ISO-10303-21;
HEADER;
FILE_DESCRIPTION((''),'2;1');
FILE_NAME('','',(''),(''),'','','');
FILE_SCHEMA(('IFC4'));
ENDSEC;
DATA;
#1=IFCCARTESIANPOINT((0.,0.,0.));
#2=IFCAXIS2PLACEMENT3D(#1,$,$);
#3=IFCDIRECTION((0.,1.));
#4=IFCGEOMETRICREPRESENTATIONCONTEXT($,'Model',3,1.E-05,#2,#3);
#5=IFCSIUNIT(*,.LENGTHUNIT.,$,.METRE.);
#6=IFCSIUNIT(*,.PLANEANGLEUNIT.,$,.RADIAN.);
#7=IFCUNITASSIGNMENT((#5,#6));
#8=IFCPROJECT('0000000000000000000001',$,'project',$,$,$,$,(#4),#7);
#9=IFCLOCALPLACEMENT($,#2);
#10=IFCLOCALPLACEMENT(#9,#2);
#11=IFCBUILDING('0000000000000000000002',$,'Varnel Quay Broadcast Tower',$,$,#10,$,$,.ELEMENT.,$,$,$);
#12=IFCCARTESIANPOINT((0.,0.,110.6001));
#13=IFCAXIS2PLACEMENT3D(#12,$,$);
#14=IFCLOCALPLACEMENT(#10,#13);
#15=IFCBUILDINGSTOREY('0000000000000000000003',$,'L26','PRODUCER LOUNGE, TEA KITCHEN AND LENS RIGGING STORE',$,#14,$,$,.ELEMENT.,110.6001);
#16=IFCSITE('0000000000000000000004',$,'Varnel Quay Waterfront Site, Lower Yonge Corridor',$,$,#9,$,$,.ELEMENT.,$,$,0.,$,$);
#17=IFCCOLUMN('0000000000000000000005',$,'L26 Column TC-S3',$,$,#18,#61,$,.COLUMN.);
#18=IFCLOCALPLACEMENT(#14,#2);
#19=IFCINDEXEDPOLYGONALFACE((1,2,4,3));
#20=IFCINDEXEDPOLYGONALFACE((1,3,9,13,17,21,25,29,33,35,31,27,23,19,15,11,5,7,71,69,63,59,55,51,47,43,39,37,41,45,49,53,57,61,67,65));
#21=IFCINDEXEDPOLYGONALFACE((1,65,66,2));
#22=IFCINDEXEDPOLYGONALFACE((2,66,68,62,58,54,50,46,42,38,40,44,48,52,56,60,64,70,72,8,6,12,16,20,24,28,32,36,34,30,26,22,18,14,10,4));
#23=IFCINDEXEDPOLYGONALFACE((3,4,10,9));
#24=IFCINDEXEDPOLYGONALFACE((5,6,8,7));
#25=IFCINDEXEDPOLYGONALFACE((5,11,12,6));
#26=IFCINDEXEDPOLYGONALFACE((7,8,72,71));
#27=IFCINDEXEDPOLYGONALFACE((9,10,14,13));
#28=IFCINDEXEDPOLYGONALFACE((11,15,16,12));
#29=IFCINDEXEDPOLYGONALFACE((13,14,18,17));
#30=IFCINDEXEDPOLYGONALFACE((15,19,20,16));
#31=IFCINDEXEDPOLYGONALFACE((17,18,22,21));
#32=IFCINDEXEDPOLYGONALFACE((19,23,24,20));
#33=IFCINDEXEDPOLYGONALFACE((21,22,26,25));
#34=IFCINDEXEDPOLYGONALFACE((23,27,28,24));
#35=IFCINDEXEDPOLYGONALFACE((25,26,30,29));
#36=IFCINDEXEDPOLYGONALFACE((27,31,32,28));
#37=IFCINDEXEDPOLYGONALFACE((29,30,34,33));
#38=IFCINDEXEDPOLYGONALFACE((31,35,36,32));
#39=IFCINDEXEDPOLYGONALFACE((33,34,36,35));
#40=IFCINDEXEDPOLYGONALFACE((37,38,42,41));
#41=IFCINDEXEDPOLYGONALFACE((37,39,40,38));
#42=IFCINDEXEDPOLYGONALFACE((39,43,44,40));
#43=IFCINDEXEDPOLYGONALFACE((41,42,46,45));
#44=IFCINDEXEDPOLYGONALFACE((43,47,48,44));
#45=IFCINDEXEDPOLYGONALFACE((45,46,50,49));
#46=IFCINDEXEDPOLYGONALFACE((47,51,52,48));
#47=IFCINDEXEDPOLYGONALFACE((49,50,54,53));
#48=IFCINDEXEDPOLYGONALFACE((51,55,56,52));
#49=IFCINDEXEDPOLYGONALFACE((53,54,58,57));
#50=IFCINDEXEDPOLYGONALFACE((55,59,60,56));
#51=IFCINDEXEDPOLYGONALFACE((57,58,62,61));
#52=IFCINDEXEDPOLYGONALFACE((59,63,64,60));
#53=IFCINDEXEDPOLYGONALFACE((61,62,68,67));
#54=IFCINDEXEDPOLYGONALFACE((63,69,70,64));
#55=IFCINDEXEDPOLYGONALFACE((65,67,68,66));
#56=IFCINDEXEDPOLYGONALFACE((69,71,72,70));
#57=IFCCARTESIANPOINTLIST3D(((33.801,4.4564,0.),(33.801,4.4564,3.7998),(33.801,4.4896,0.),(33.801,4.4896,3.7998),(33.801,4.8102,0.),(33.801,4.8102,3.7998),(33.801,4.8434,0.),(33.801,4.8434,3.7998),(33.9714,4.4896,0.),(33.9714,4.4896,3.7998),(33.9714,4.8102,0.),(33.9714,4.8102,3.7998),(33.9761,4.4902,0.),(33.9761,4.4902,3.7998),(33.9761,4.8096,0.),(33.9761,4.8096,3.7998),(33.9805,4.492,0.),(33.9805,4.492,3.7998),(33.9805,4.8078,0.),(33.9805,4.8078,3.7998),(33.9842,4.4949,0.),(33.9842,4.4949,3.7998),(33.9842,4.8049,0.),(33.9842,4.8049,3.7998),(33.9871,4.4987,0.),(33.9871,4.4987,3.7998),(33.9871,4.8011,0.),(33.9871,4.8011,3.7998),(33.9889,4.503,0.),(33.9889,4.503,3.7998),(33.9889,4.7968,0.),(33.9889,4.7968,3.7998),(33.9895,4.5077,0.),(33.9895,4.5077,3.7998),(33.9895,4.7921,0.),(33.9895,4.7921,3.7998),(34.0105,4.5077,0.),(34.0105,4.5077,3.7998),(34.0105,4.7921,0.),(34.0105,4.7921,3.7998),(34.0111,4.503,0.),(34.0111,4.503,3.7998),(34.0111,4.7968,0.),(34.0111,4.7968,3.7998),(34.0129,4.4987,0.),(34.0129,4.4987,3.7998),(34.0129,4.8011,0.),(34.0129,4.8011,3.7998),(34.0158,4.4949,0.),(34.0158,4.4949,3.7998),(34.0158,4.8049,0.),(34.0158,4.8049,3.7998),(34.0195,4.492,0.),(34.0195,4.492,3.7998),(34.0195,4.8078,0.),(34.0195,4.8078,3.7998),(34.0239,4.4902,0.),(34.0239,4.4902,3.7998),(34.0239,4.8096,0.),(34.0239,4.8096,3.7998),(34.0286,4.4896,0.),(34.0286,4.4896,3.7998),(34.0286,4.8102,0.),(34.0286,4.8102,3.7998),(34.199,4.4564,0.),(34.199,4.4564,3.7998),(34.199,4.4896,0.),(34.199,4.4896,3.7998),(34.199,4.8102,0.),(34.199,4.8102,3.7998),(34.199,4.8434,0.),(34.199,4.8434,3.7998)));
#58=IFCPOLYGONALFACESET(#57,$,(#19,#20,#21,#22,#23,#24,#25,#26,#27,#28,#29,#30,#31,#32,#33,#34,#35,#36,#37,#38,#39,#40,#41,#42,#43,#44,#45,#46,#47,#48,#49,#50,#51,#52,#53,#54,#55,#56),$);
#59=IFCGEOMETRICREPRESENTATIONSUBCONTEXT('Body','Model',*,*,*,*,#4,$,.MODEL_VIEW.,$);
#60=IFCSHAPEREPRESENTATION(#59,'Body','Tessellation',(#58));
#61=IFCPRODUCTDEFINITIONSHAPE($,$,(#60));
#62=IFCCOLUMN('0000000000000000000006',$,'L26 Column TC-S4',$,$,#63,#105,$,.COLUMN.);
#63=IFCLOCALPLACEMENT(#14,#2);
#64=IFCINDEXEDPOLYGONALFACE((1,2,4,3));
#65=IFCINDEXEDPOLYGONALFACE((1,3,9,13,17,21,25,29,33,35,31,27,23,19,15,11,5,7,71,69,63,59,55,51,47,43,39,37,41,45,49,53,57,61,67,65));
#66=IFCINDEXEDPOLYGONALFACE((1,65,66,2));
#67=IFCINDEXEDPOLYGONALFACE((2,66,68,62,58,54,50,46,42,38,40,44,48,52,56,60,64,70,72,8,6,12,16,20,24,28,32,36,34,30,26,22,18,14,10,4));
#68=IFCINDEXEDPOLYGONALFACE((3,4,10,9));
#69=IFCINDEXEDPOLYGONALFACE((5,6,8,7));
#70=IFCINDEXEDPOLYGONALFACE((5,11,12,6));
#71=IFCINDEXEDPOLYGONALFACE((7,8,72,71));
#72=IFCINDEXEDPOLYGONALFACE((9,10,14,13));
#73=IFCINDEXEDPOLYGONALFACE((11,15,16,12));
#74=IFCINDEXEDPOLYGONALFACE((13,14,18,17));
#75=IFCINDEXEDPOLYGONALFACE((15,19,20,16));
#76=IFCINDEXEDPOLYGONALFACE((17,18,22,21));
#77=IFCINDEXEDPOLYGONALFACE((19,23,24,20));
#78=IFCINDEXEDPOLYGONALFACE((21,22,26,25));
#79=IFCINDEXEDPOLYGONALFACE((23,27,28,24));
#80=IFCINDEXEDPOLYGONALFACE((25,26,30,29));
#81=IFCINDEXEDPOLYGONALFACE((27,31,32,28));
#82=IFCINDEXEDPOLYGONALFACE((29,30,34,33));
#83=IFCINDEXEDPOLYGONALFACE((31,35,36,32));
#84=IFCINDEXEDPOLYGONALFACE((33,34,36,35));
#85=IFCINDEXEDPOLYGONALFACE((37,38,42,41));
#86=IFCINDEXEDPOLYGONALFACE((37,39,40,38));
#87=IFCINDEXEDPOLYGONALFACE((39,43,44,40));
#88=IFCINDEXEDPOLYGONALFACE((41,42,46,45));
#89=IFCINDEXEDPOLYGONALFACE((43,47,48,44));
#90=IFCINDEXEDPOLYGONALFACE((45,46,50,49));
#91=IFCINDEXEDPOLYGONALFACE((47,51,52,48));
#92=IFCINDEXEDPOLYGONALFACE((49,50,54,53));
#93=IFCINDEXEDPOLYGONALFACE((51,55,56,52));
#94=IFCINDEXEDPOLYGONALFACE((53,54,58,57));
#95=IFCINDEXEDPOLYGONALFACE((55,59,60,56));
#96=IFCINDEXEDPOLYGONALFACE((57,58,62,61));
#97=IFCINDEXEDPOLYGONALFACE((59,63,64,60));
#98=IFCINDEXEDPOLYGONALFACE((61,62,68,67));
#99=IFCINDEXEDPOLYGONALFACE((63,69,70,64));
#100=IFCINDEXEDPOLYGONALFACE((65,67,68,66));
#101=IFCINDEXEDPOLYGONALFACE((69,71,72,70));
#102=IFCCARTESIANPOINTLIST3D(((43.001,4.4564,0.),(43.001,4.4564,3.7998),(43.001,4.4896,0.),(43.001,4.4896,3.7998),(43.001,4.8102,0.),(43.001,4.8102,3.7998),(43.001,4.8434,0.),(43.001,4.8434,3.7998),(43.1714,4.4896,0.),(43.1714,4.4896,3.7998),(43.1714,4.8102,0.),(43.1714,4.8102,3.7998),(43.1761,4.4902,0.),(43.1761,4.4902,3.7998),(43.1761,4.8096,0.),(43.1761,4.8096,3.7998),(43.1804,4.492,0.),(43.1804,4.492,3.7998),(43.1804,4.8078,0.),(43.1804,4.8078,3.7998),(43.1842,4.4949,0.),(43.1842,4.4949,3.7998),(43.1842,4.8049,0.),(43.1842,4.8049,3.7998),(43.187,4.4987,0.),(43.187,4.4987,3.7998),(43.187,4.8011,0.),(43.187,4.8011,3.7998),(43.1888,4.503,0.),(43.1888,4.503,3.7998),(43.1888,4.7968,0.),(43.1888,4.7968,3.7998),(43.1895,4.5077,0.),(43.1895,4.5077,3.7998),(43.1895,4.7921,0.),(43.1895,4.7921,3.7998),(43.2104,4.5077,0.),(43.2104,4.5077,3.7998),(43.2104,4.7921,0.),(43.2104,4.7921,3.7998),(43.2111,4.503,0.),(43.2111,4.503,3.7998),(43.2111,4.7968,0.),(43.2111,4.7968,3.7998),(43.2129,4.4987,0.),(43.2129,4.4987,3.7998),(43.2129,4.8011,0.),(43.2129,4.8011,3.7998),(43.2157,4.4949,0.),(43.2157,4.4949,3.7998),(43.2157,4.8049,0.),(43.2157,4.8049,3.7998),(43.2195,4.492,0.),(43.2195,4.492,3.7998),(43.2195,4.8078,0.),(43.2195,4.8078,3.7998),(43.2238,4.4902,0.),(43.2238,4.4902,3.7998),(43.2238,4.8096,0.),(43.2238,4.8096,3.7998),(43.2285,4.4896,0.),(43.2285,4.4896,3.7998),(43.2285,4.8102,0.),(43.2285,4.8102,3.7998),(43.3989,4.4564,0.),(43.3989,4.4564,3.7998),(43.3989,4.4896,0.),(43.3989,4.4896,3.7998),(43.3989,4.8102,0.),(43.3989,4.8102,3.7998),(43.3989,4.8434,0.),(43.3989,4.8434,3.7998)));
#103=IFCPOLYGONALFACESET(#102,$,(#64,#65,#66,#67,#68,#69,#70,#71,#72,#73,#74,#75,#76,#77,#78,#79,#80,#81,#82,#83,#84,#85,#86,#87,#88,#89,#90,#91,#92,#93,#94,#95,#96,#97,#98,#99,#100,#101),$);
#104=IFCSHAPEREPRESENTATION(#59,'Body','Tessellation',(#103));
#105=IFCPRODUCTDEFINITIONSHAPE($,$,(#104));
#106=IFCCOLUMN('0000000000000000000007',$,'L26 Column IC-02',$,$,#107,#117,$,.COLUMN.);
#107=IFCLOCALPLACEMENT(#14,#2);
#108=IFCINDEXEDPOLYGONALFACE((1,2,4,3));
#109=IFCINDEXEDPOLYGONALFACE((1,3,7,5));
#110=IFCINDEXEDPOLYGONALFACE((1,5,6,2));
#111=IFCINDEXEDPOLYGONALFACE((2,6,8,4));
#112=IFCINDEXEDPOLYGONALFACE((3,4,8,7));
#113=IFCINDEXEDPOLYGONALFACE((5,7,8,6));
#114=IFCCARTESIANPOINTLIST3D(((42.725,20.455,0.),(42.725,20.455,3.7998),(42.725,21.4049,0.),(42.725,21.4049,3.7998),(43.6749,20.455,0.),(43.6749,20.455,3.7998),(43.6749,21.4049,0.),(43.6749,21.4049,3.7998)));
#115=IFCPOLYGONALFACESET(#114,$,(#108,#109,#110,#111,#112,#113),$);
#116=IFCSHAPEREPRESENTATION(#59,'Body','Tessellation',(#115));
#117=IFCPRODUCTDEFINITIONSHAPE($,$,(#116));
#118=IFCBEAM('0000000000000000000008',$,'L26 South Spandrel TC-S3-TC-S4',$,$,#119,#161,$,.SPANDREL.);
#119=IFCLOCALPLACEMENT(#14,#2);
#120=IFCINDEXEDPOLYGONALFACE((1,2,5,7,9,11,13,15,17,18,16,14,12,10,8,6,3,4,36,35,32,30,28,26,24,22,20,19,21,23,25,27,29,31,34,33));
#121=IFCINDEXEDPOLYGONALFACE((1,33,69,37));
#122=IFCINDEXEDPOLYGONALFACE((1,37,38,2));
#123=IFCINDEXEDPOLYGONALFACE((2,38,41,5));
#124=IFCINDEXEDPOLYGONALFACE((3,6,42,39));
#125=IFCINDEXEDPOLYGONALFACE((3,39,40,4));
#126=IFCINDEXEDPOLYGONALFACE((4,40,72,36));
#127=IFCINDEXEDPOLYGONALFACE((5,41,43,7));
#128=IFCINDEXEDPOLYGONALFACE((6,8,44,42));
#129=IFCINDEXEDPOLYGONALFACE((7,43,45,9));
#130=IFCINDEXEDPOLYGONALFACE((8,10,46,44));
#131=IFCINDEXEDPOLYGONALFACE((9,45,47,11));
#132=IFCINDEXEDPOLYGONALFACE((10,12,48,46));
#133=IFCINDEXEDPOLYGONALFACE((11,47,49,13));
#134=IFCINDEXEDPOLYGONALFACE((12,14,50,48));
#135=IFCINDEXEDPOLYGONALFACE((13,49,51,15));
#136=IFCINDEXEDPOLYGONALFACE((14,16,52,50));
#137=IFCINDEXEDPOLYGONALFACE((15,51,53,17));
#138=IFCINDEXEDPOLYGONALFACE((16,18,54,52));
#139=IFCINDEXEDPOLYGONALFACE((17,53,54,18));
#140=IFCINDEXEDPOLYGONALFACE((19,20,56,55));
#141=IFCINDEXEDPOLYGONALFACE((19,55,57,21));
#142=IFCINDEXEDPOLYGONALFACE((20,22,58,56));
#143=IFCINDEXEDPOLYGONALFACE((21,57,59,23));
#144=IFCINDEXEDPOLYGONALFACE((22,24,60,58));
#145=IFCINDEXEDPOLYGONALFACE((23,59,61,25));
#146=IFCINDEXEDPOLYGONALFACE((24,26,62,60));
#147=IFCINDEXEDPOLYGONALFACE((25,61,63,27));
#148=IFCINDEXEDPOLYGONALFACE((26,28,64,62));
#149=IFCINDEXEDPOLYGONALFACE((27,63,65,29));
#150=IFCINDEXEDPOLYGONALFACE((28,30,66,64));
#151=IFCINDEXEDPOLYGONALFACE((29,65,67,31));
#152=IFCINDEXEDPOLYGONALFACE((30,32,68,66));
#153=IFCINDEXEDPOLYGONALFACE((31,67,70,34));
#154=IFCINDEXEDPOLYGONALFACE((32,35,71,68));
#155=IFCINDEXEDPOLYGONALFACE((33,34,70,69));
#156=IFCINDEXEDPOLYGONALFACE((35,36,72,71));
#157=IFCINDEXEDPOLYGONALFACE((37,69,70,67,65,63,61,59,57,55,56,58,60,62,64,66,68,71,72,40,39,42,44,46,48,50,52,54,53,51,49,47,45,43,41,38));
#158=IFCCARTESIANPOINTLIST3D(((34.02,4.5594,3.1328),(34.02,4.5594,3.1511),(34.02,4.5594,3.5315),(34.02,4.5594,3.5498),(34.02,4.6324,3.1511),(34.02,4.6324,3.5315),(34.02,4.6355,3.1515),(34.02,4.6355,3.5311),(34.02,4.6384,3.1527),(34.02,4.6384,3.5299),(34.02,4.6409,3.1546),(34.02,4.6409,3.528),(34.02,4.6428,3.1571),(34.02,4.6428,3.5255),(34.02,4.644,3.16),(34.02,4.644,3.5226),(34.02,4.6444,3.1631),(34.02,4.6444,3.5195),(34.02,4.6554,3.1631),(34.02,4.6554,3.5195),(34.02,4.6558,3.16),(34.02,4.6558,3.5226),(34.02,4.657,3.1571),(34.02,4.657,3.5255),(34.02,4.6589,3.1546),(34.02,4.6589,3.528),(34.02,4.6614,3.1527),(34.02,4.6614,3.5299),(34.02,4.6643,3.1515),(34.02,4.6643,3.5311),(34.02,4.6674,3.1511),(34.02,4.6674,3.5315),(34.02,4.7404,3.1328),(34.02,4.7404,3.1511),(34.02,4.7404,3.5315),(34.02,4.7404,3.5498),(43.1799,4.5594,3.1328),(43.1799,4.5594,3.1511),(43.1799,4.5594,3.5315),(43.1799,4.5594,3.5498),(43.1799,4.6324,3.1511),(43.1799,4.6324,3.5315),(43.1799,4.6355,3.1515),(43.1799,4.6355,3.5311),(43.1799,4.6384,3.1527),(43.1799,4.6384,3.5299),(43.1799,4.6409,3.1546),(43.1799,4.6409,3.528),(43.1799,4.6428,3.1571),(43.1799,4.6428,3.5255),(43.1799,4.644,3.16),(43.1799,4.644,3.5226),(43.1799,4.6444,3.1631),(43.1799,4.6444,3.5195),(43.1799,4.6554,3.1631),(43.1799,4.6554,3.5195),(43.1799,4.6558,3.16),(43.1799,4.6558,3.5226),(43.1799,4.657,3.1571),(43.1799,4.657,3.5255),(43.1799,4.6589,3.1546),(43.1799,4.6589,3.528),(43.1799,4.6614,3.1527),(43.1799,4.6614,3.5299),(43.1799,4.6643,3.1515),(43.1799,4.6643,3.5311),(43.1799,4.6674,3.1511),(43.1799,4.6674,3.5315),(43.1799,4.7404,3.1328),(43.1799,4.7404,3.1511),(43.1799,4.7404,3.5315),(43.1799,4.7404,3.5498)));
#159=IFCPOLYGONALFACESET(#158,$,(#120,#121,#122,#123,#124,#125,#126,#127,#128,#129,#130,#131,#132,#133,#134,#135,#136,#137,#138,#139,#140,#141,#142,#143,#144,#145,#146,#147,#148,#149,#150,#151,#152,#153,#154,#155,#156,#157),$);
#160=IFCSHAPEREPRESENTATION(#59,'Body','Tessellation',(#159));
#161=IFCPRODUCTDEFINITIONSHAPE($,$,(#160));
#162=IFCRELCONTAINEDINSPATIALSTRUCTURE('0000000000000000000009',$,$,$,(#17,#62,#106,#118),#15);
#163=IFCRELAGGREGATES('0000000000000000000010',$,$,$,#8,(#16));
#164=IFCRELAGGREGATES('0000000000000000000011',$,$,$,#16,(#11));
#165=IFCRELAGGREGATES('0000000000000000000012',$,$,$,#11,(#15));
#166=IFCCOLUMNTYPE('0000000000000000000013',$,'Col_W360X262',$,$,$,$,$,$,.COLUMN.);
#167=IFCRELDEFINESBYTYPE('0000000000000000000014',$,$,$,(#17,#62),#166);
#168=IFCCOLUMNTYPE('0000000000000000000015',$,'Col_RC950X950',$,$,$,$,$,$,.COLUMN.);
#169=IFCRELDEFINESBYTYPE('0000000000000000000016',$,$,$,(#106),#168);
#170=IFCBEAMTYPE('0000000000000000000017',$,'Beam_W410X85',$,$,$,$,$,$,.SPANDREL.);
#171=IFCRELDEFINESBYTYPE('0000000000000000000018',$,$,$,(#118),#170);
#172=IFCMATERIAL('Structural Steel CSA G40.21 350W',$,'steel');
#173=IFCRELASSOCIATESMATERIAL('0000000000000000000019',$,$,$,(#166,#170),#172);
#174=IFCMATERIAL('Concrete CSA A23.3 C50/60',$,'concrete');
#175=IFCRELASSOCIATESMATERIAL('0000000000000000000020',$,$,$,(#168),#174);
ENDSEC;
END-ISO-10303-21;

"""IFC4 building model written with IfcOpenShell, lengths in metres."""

from ifc_helpers import new_model, si_unit, direction, frame, origin, origin_2d, place, context, subcontext, project, spatial, rectangle, i_section, extrude, source, transform, mapped, material, material_profile, profile_set, type_object, type_shapes, element, save


model = new_model("IFC4")

# Units and contexts
model_context = context("Model", 3, precision=1e-05, world=origin(), true_north=direction((0.0, 1.0)))
body_context = subcontext(model_context, "Body", "Model", "MODEL_VIEW")
ifc_project = project(units=[si_unit("LENGTHUNIT", "METRE"), si_unit("PLANEANGLEUNIT", "RADIAN")], contexts=[model_context])

# Site, building, storey
site_placement = place(None, origin())
site = spatial("IfcSite", under=ifc_project, at=site_placement, Name="Varnel Quay Waterfront Site, Lower Yonge Corridor", CompositionType="ELEMENT", RefElevation=0.0)
building_placement = place(site_placement, origin())
building = spatial("IfcBuilding", under=site, at=building_placement, Name="Varnel Quay Broadcast Tower", CompositionType="ELEMENT")
storey_placement = place(building_placement, frame((0.0, 0.0, 110.6001)))
storey = spatial("IfcBuildingStorey", under=building, at=storey_placement, Name="L26", Description="PRODUCER LOUNGE, TEA KITCHEN AND LENS RIGGING STORE", CompositionType="ELEMENT", Elevation=110.6001)

# Columns
ifc_material_1 = material(Name="Structural Steel CSA G40.21 350W", Category="steel")
ifc_material_profile_1 = material_profile(ifc_material_1, i_section(OverallWidth=0.3979, OverallDepth=0.387, WebThickness=0.021, FlangeThickness=0.0332, FilletRadius=0.0181, at=origin_2d()), Name="W360X262")
ifc_profile_set_1 = profile_set([ifc_material_profile_1], Name="Structural Steel CSA G40.21 350W")
column_type_1 = type_object("IfcColumnType", Name="Col_W360X262", PredefinedType="COLUMN", material=ifc_profile_set_1)
shared_shape_1 = source(origin(), body_context, "Body", "SweptSolid", [
    extrude(i_section(OverallWidth=0.3979, OverallDepth=0.387, WebThickness=0.021, FlangeThickness=0.0332, FilletRadius=0.0181, at=origin_2d()), origin(), (0.0, 0.0, 1.0), 3.7998),
])
type_shapes(column_type_1, [shared_shape_1])
for number, where, z_axis, x_axis, name in (
    (1, (34.0, 4.6499, 0.0), (0.0, 0.0, 1.0), (1.0, 0.0, 0.0), "L26 Column TC-S3"),
    (2, (43.2, 4.6499, 0.0), (0.0, 0.0, 1.0), (1.0, 0.0, 0.0), "L26 Column TC-S4"),
):
    element("IfcColumn", number, at=place(storey_placement, frame(where, z_axis=z_axis, x_axis=x_axis)), inside=storey, type_object=column_type_1, Name=name, PredefinedType="COLUMN", context=body_context, shape_type="MappedRepresentation", body=[
        mapped(shared_shape_1, transform((0.0, 0.0, 0.0), x_axis=(1.0, 0.0, 0.0), y_axis=(0.0, 1.0, 0.0), z_axis=(0.0, 0.0, 1.0), scale=1.0)),
    ])
ifc_material_2 = material(Name="Concrete CSA A23.3 C50/60", Category="concrete")
ifc_material_profile_2 = material_profile(ifc_material_2, rectangle(XDim=0.95, YDim=0.95, at=origin_2d()), Name="RC950X950")
ifc_profile_set_2 = profile_set([ifc_material_profile_2], Name="Concrete CSA A23.3 C50/60")
column_type_2 = type_object("IfcColumnType", Name="Col_RC950X950", PredefinedType="COLUMN", material=ifc_profile_set_2)
shared_shape_2 = source(origin(), body_context, "Body", "SweptSolid", [
    extrude(rectangle(XDim=0.95, YDim=0.95, at=origin_2d()), origin(), (0.0, 0.0, 1.0), 3.7998),
])
type_shapes(column_type_2, [shared_shape_2])
column_placement = place(storey_placement, frame((43.2, 20.9299, 0.0), z_axis=(0.0, 0.0, 1.0), x_axis=(1.0, 0.0, 0.0)))
element("IfcColumn", 3, at=column_placement, inside=storey, type_object=column_type_2, Name="L26 Column IC-02", PredefinedType="COLUMN", context=body_context, shape_type="MappedRepresentation", body=[
    mapped(shared_shape_2, transform((0.0, 0.0, 0.0), x_axis=(1.0, 0.0, 0.0), y_axis=(0.0, 1.0, 0.0), z_axis=(0.0, 0.0, 1.0), scale=1.0)),
])

# Beam
ifc_material_profile_3 = material_profile(ifc_material_1, i_section(OverallWidth=0.1809, OverallDepth=0.417, WebThickness=0.011, FlangeThickness=0.0183, FilletRadius=0.012, at=origin_2d()), Name="W410X85")
ifc_profile_set_3 = profile_set([ifc_material_profile_3], Name="Structural Steel CSA G40.21 350W")
beam_type_1 = type_object("IfcBeamType", Name="Beam_W410X85", PredefinedType="SPANDREL", material=ifc_profile_set_3)
shared_shape_3 = source(origin(), body_context, "Body", "SweptSolid", [
    extrude(i_section(OverallWidth=0.1809, OverallDepth=0.417, WebThickness=0.011, FlangeThickness=0.0183, FilletRadius=0.012, at=origin_2d()), origin(), (0.0, 0.0, 1.0), 9.1599),
])
type_shapes(beam_type_1, [shared_shape_3])
for number, where, z_axis, x_axis, name in (
    (4, (34.02, 4.6499, 3.3413), (1.0, 0.0, 0.0), (0.0, 1.0, 0.0), "L26 South Spandrel TC-S3-TC-S4"),
):
    element("IfcBeam", number, at=place(storey_placement, frame(where, z_axis=z_axis, x_axis=x_axis)), inside=storey, type_object=beam_type_1, Name=name, PredefinedType="SPANDREL", context=body_context, shape_type="MappedRepresentation", body=[
        mapped(shared_shape_3, transform((0.0, 0.0, 0.0), x_axis=(1.0, 0.0, 0.0), y_axis=(0.0, 1.0, 0.0), z_axis=(0.0, 0.0, 1.0), scale=1.0)),
    ])

save(model, "model.ifc")
